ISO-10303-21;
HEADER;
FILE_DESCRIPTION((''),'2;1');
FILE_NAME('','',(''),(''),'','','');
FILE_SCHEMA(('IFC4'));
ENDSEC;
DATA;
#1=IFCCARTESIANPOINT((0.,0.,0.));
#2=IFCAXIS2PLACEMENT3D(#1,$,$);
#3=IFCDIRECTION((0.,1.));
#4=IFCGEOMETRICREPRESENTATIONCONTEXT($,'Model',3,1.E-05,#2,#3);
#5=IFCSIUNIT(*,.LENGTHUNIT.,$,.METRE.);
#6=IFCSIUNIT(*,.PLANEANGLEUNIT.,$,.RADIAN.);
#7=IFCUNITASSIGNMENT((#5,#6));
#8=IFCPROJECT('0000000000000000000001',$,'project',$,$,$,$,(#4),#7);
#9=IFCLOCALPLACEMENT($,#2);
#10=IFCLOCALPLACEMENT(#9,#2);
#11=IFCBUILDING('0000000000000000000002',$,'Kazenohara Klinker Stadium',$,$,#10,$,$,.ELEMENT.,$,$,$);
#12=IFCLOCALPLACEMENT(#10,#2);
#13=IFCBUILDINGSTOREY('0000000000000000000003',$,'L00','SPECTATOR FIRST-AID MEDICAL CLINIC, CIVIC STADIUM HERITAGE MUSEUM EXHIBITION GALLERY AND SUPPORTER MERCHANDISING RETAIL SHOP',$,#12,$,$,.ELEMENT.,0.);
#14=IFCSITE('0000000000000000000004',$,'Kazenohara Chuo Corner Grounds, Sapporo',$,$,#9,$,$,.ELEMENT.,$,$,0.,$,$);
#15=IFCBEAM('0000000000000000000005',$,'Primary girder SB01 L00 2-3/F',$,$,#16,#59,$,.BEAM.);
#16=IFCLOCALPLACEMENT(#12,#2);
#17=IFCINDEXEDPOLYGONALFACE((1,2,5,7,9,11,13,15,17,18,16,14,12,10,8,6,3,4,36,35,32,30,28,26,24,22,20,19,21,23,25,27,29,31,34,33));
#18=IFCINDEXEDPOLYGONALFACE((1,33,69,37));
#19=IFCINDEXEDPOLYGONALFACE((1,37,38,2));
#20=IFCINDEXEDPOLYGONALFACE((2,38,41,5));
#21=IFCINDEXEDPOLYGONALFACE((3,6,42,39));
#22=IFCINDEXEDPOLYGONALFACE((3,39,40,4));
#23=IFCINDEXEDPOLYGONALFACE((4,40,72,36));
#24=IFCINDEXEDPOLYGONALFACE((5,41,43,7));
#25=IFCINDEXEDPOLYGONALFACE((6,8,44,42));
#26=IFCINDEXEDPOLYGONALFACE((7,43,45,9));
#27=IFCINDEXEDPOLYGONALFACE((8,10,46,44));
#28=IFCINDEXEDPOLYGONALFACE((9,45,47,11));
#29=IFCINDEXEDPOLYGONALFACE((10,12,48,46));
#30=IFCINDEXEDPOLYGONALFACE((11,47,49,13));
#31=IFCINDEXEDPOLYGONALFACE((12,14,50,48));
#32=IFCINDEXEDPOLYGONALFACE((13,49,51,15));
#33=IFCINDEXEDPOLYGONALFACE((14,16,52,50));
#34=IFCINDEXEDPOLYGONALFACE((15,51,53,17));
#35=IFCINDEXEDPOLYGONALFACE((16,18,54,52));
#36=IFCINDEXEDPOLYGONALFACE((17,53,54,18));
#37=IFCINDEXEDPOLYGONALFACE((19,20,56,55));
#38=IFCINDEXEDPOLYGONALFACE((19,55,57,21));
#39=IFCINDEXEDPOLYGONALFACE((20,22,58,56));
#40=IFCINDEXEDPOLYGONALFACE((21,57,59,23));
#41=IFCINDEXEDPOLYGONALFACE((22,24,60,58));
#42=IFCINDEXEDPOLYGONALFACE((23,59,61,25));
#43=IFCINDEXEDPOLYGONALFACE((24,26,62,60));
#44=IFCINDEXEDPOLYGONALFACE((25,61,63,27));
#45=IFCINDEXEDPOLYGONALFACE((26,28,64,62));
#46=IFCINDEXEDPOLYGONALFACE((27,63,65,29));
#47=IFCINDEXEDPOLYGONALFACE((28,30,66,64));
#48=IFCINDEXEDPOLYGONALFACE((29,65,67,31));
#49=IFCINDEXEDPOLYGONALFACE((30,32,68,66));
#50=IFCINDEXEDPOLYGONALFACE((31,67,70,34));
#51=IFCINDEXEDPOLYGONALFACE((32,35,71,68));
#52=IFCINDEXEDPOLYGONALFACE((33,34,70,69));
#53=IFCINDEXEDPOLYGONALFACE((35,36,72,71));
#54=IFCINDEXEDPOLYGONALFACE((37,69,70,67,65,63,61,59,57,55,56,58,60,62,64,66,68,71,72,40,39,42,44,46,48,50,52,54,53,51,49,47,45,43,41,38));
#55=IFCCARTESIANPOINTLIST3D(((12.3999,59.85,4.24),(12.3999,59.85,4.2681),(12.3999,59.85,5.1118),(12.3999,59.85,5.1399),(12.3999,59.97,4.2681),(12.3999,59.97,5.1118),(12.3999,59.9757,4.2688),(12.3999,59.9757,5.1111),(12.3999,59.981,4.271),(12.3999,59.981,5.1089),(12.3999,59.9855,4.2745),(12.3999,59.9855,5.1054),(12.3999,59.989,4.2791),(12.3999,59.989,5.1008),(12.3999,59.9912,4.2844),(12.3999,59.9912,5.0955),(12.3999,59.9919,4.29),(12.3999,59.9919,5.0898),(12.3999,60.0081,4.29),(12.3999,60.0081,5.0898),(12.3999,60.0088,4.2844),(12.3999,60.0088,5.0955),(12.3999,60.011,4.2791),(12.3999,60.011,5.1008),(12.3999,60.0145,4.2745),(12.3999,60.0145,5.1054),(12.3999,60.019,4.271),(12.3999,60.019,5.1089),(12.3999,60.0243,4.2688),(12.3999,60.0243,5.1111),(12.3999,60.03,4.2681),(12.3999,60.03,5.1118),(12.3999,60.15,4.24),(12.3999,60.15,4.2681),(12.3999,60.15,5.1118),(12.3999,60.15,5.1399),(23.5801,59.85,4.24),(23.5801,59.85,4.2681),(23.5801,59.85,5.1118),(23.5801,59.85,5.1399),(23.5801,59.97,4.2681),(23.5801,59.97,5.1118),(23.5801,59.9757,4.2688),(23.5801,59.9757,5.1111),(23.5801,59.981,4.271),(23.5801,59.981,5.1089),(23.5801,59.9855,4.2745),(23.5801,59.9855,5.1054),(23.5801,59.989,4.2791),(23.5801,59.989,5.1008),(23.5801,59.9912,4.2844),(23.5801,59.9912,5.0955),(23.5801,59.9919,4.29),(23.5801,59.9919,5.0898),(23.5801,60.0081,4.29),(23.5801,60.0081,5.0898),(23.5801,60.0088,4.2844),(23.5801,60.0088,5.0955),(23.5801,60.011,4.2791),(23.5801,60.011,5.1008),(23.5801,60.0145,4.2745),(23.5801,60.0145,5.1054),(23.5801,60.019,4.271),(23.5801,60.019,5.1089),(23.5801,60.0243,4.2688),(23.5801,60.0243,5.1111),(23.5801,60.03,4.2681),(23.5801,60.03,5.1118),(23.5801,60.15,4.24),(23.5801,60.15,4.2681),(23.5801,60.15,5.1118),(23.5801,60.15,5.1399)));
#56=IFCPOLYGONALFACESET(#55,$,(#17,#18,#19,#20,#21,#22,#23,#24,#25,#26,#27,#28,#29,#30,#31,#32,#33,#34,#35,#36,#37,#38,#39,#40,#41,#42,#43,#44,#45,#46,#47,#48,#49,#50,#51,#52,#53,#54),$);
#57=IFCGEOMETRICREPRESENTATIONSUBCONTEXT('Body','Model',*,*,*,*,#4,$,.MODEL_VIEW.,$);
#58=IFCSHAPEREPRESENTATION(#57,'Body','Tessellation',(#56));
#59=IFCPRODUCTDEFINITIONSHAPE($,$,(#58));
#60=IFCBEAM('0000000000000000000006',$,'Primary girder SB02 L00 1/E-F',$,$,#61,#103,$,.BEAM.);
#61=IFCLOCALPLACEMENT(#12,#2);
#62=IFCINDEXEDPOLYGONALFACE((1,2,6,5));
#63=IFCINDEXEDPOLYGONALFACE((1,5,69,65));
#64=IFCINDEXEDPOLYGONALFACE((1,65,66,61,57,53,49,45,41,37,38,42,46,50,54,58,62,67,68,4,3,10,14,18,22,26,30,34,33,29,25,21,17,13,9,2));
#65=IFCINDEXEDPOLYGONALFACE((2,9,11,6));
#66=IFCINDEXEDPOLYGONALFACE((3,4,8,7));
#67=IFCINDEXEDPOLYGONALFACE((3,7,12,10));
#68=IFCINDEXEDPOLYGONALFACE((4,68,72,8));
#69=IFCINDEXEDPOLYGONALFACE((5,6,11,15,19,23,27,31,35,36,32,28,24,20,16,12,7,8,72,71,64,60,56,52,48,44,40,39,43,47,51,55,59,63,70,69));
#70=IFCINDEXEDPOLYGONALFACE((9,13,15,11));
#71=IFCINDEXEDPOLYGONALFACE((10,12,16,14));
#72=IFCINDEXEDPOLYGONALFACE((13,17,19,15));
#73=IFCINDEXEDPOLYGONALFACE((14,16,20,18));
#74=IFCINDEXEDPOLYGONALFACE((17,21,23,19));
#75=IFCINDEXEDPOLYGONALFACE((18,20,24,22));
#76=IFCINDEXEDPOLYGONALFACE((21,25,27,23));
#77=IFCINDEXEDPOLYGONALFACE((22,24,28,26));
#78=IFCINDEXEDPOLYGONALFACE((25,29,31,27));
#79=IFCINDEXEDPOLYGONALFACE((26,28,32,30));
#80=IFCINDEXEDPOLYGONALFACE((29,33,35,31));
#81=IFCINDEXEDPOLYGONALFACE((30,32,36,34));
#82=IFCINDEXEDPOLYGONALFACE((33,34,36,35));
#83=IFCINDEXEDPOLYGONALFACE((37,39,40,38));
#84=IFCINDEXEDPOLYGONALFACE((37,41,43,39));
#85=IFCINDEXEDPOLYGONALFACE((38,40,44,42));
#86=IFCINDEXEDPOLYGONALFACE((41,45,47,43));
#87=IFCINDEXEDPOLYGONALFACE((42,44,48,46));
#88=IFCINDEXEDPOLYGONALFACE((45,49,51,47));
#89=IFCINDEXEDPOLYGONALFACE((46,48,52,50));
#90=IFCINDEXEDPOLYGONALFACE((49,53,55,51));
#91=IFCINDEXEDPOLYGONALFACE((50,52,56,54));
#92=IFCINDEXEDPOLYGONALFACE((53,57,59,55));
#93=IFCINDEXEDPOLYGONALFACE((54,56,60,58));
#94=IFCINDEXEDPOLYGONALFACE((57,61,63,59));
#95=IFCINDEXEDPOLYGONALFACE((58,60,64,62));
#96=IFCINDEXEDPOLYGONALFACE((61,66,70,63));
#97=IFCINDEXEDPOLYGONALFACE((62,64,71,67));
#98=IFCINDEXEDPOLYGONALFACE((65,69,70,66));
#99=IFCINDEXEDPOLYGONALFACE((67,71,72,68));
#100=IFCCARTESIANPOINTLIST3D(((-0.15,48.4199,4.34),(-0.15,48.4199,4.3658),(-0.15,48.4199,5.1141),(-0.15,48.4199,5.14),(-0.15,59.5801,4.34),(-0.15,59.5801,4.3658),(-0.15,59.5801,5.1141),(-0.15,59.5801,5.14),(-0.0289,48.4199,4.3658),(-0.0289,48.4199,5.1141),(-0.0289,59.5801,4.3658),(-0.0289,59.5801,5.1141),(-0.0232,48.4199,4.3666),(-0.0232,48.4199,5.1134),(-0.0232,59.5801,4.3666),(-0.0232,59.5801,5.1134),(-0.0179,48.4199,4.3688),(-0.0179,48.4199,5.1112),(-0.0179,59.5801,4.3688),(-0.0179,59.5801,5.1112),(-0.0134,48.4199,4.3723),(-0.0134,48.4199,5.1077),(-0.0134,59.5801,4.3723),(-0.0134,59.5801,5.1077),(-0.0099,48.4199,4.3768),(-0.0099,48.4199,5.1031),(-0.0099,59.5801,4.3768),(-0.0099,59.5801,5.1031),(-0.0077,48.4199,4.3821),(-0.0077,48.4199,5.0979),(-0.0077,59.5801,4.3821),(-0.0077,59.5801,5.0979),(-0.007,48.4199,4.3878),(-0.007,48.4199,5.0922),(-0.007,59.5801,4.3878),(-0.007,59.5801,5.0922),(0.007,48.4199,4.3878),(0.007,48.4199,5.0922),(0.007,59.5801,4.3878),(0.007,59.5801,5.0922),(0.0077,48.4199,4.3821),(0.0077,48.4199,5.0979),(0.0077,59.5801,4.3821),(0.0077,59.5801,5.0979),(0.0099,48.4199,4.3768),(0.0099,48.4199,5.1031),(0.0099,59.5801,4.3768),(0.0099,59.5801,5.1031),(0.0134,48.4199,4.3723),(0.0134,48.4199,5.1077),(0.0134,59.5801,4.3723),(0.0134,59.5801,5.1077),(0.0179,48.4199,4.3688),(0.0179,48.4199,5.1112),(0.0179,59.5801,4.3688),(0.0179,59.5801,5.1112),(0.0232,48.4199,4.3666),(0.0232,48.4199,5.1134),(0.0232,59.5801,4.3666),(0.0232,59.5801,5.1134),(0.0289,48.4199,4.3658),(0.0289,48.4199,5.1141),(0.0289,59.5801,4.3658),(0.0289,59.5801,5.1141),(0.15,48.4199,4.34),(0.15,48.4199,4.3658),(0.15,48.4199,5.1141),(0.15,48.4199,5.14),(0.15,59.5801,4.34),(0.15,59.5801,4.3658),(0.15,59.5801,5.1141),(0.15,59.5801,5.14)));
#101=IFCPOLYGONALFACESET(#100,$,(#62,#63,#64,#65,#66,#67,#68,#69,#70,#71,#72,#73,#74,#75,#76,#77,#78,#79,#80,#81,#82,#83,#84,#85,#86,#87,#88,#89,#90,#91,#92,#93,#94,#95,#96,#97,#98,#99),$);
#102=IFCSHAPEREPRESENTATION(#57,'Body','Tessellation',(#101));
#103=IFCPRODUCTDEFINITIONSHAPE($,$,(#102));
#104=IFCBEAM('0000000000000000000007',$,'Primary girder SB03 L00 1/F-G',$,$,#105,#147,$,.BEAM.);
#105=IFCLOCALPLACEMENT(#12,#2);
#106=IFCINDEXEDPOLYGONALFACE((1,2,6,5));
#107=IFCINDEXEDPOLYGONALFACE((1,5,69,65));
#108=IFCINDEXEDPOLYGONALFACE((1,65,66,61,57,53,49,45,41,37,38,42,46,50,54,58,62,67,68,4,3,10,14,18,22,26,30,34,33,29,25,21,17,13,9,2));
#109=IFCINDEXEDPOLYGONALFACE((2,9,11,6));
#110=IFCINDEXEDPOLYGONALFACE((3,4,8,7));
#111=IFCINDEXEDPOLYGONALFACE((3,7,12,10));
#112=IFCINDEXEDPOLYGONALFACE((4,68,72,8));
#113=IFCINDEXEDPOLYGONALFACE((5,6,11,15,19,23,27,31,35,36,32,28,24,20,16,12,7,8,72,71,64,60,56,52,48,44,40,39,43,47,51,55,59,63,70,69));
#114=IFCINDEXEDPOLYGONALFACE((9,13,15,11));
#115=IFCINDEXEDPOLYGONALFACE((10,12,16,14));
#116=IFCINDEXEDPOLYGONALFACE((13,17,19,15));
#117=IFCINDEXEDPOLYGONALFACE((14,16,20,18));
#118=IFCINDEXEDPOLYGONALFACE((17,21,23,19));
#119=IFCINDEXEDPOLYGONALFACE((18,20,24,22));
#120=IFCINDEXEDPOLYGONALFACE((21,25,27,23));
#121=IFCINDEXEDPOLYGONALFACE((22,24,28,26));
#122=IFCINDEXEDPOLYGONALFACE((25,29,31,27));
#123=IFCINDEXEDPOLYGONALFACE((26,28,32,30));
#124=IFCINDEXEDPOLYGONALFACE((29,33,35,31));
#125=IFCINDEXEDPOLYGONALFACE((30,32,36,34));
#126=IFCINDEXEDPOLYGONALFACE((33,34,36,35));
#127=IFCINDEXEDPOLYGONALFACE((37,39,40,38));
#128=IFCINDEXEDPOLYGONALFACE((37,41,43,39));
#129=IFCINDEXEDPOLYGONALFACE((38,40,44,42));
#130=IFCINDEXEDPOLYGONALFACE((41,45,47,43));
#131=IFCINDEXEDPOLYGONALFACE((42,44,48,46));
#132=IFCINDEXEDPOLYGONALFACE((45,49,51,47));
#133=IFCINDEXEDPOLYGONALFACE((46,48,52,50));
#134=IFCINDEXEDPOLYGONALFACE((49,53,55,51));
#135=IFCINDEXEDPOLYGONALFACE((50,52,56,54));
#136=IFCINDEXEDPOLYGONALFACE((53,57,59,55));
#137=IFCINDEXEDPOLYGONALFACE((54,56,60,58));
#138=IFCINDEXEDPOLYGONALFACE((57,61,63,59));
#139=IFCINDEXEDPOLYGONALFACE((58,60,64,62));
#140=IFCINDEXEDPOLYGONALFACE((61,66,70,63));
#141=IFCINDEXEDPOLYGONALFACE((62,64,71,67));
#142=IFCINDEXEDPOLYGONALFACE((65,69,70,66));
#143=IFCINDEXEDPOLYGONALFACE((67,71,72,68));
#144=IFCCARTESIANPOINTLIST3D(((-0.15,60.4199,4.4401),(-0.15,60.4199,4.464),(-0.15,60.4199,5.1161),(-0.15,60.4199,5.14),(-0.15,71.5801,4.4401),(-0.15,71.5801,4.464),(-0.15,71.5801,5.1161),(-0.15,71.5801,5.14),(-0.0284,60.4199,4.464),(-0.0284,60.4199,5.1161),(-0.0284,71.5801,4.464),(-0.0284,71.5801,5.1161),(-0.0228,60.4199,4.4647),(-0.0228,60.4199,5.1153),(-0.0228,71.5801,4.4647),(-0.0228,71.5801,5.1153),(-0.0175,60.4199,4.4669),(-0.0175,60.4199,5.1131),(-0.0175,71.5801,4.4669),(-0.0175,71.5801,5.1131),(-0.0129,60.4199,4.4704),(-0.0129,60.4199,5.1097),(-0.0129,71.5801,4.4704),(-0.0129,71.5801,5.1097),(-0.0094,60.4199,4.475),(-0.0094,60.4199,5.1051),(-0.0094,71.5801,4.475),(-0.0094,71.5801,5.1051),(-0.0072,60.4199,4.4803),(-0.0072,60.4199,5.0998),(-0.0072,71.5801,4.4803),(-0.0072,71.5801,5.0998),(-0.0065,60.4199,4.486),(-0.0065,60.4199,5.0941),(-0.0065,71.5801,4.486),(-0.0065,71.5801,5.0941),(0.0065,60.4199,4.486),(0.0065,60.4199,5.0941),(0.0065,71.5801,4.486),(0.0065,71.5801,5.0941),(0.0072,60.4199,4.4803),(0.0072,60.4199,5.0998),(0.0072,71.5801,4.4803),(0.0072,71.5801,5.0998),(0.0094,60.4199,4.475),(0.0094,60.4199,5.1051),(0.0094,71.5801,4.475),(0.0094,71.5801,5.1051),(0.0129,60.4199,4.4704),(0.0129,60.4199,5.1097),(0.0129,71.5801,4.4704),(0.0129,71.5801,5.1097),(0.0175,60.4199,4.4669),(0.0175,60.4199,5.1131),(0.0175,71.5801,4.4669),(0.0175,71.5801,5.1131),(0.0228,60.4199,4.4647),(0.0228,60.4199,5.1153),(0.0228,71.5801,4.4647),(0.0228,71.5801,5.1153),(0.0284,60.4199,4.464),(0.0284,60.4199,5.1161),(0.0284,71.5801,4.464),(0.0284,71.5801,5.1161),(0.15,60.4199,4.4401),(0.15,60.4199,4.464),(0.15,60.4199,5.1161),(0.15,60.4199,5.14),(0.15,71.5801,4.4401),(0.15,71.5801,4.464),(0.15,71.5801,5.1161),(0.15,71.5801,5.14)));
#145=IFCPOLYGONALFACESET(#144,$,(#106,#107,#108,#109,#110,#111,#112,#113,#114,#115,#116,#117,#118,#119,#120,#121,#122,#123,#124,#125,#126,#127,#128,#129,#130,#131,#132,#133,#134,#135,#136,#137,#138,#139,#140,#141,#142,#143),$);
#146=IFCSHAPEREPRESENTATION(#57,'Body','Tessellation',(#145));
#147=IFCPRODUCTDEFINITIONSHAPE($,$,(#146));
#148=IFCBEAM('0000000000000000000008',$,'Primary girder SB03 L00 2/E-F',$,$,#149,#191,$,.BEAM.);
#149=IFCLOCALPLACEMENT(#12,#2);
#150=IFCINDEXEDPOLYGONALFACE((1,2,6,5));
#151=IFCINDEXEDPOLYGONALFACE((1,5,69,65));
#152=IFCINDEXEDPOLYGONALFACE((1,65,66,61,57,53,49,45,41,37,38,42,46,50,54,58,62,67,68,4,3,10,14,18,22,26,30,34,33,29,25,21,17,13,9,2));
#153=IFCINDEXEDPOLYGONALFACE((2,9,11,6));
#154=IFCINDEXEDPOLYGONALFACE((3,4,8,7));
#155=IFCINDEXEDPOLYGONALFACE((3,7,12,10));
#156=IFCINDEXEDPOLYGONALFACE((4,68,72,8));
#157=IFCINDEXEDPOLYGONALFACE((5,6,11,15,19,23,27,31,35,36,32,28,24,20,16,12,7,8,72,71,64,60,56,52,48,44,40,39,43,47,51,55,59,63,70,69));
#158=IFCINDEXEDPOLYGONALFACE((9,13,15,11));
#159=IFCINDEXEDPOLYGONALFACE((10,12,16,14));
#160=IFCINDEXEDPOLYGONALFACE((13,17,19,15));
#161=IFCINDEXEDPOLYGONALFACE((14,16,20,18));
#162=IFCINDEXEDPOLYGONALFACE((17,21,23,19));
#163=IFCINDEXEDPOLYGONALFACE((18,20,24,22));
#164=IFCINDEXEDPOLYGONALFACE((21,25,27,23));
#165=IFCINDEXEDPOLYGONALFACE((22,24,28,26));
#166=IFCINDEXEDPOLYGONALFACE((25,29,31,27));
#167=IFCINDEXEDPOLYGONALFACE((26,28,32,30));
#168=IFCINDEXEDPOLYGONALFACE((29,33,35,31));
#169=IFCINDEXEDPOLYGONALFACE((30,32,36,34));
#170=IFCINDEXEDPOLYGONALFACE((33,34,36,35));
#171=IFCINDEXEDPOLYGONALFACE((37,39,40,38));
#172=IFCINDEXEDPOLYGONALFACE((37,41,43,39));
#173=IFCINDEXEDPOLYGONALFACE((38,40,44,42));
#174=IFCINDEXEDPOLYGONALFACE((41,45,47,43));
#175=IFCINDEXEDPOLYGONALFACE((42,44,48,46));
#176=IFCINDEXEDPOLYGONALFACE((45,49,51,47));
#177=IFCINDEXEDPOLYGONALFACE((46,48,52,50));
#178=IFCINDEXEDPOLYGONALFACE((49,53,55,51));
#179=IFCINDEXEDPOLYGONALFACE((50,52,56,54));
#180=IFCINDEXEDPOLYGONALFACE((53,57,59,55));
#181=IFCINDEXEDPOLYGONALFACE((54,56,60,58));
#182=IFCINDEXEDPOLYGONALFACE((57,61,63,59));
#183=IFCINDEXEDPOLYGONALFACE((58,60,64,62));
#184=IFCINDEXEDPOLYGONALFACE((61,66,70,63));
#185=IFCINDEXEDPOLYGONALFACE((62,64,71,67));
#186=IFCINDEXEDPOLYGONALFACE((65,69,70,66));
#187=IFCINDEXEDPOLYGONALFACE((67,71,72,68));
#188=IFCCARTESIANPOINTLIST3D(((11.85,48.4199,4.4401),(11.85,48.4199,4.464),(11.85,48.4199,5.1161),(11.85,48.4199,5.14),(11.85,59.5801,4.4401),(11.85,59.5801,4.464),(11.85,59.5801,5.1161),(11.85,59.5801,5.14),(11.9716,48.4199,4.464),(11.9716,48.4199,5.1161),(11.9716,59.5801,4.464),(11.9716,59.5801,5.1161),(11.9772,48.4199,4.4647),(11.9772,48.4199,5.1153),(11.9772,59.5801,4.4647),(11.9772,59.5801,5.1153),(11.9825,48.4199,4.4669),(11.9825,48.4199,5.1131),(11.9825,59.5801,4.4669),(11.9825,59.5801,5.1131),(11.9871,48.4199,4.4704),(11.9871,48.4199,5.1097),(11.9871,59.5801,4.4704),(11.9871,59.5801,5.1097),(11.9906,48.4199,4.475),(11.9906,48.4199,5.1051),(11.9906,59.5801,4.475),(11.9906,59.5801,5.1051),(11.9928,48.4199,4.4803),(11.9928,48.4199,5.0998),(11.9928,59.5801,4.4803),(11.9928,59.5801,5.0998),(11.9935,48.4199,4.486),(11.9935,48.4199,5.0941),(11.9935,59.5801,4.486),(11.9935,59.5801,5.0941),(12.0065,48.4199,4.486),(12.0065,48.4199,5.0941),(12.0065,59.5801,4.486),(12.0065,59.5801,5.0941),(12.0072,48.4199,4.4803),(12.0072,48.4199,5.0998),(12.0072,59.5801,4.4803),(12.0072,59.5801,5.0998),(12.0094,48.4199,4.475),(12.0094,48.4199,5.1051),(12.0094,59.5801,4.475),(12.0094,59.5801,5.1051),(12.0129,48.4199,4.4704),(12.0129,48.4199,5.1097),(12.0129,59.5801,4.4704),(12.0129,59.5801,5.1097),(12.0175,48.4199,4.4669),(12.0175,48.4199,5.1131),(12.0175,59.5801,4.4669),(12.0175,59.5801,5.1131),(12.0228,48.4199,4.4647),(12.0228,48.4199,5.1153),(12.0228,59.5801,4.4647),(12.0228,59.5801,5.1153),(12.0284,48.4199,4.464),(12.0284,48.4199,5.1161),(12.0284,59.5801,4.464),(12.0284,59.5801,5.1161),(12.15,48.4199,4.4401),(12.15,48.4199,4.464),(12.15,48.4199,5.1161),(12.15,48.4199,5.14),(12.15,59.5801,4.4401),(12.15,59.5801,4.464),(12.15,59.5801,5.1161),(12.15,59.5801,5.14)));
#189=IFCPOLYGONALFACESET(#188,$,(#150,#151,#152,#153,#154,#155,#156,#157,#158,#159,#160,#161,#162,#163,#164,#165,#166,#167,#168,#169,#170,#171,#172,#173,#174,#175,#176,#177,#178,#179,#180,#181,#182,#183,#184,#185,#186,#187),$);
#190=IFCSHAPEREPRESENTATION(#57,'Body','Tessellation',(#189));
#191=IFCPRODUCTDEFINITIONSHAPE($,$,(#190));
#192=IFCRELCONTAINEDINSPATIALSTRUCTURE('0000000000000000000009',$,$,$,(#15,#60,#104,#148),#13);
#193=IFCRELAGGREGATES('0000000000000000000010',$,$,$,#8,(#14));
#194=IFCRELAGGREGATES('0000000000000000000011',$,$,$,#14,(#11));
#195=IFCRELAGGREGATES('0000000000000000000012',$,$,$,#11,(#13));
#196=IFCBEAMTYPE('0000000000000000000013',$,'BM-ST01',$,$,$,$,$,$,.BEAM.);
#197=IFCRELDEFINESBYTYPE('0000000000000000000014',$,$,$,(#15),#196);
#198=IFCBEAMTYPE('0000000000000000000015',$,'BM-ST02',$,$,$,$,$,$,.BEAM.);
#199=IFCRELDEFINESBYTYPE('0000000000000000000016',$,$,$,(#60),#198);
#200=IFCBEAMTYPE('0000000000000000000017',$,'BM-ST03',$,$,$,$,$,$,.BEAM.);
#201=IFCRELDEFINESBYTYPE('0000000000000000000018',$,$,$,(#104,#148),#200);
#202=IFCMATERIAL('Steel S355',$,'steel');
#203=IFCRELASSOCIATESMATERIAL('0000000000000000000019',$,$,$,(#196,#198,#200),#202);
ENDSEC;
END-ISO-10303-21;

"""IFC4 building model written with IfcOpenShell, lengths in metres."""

from ifc_helpers import new_model, si_unit, direction, frame, origin, origin_2d, place, context, subcontext, project, spatial, i_section, extrude, material, material_profile, profile_set, type_object, element, save


model = new_model("IFC4")

# Units and contexts
model_context = context("Model", 3, precision=1e-05, world=origin(), true_north=direction((0.0, 1.0)))
body_context = subcontext(model_context, "Body", "Model", "MODEL_VIEW")
ifc_project = project(units=[si_unit("LENGTHUNIT", "METRE"), si_unit("PLANEANGLEUNIT", "RADIAN")], contexts=[model_context])

# Site, building, storey
site_placement = place(None, origin())
site = spatial("IfcSite", under=ifc_project, at=site_placement, Name="Kazenohara Chuo Corner Grounds, Sapporo", CompositionType="ELEMENT", RefElevation=0.0)
building_placement = place(site_placement, origin())
building = spatial("IfcBuilding", under=site, at=building_placement, Name="Kazenohara Klinker Stadium", CompositionType="ELEMENT")
storey_placement = place(building_placement, origin())
storey = spatial("IfcBuildingStorey", under=building, at=storey_placement, Name="L00", Description="SPECTATOR FIRST-AID MEDICAL CLINIC, CIVIC STADIUM HERITAGE MUSEUM EXHIBITION GALLERY AND SUPPORTER MERCHANDISING RETAIL SHOP", CompositionType="ELEMENT", Elevation=0.0)

# Beams
ifc_material_1 = material(Name="Steel S355", Category="steel")
ifc_material_profile_1 = material_profile(ifc_material_1, i_section(OverallWidth=0.3, OverallDepth=0.8999, WebThickness=0.0161, FlangeThickness=0.0281, FilletRadius=0.022, at=origin_2d()), Name="H-900x300x16x28")
ifc_profile_set_1 = profile_set([ifc_material_profile_1], Name="Steel S355")
beam_type_1 = type_object("IfcBeamType", Name="BM-ST01", PredefinedType="BEAM", material=ifc_profile_set_1)
beam_1_placement = place(storey_placement, frame((12.3999, 60.0, 4.6899), z_axis=(1.0, 0.0, 0.0), x_axis=(0.0, 1.0, 0.0)))
element("IfcBeam", 1, at=beam_1_placement, inside=storey, type_object=beam_type_1, Name="Primary girder SB01 L00 2-3/F", PredefinedType="BEAM", context=body_context, shape_type="SweptSolid", body=[
    extrude(i_section(OverallWidth=0.3, OverallDepth=0.8999, WebThickness=0.0161, FlangeThickness=0.0281, FilletRadius=0.022, at=origin_2d()), origin(), (0.0, 0.0, 1.0), 11.1802),
])
ifc_material_profile_2 = material_profile(ifc_material_1, i_section(OverallWidth=0.3, OverallDepth=0.8, WebThickness=0.0139, FlangeThickness=0.0259, FilletRadius=0.022, at=origin_2d()), Name="H-800x300x14x26")
ifc_profile_set_2 = profile_set([ifc_material_profile_2], Name="Steel S355")
beam_type_2 = type_object("IfcBeamType", Name="BM-ST02", PredefinedType="BEAM", material=ifc_profile_set_2)
beam_2_placement = place(storey_placement, frame((0.0, 48.4199, 4.74), z_axis=(0.0, 1.0, 0.0), x_axis=(-1.0, 0.0, 0.0)))
element("IfcBeam", 2, at=beam_2_placement, inside=storey, type_object=beam_type_2, Name="Primary girder SB02 L00 1/E-F", PredefinedType="BEAM", context=body_context, shape_type="SweptSolid", body=[
    extrude(i_section(OverallWidth=0.3, OverallDepth=0.8, WebThickness=0.0139, FlangeThickness=0.0259, FilletRadius=0.022, at=origin_2d()), origin(), (0.0, 0.0, 1.0), 11.1602),
])
ifc_material_profile_3 = material_profile(ifc_material_1, i_section(OverallWidth=0.3, OverallDepth=0.7, WebThickness=0.0129, FlangeThickness=0.0239, FilletRadius=0.022, at=origin_2d()), Name="H-700x300x13x24")
ifc_profile_set_3 = profile_set([ifc_material_profile_3], Name="Steel S355")
beam_type_3 = type_object("IfcBeamType", Name="BM-ST03", PredefinedType="BEAM", material=ifc_profile_set_3)
for number, where, z_axis, x_axis, name in (
    (3, (0.0, 60.4199, 4.79), (0.0, 1.0, 0.0), (-1.0, 0.0, 0.0), "Primary girder SB03 L00 1/F-G"),
    (4, (12.0, 48.4199, 4.79), (0.0, 1.0, 0.0), (-1.0, 0.0, 0.0), "Primary girder SB03 L00 2/E-F"),
):
    element("IfcBeam", number, at=place(storey_placement, frame(where, z_axis=z_axis, x_axis=x_axis)), inside=storey, type_object=beam_type_3, Name=name, PredefinedType="BEAM", context=body_context, shape_type="SweptSolid", body=[
        extrude(i_section(OverallWidth=0.3, OverallDepth=0.7, WebThickness=0.0129, FlangeThickness=0.0239, FilletRadius=0.022, at=origin_2d()), origin(), (0.0, 0.0, 1.0), 11.1602),
    ])

save(model, "model.ifc")
